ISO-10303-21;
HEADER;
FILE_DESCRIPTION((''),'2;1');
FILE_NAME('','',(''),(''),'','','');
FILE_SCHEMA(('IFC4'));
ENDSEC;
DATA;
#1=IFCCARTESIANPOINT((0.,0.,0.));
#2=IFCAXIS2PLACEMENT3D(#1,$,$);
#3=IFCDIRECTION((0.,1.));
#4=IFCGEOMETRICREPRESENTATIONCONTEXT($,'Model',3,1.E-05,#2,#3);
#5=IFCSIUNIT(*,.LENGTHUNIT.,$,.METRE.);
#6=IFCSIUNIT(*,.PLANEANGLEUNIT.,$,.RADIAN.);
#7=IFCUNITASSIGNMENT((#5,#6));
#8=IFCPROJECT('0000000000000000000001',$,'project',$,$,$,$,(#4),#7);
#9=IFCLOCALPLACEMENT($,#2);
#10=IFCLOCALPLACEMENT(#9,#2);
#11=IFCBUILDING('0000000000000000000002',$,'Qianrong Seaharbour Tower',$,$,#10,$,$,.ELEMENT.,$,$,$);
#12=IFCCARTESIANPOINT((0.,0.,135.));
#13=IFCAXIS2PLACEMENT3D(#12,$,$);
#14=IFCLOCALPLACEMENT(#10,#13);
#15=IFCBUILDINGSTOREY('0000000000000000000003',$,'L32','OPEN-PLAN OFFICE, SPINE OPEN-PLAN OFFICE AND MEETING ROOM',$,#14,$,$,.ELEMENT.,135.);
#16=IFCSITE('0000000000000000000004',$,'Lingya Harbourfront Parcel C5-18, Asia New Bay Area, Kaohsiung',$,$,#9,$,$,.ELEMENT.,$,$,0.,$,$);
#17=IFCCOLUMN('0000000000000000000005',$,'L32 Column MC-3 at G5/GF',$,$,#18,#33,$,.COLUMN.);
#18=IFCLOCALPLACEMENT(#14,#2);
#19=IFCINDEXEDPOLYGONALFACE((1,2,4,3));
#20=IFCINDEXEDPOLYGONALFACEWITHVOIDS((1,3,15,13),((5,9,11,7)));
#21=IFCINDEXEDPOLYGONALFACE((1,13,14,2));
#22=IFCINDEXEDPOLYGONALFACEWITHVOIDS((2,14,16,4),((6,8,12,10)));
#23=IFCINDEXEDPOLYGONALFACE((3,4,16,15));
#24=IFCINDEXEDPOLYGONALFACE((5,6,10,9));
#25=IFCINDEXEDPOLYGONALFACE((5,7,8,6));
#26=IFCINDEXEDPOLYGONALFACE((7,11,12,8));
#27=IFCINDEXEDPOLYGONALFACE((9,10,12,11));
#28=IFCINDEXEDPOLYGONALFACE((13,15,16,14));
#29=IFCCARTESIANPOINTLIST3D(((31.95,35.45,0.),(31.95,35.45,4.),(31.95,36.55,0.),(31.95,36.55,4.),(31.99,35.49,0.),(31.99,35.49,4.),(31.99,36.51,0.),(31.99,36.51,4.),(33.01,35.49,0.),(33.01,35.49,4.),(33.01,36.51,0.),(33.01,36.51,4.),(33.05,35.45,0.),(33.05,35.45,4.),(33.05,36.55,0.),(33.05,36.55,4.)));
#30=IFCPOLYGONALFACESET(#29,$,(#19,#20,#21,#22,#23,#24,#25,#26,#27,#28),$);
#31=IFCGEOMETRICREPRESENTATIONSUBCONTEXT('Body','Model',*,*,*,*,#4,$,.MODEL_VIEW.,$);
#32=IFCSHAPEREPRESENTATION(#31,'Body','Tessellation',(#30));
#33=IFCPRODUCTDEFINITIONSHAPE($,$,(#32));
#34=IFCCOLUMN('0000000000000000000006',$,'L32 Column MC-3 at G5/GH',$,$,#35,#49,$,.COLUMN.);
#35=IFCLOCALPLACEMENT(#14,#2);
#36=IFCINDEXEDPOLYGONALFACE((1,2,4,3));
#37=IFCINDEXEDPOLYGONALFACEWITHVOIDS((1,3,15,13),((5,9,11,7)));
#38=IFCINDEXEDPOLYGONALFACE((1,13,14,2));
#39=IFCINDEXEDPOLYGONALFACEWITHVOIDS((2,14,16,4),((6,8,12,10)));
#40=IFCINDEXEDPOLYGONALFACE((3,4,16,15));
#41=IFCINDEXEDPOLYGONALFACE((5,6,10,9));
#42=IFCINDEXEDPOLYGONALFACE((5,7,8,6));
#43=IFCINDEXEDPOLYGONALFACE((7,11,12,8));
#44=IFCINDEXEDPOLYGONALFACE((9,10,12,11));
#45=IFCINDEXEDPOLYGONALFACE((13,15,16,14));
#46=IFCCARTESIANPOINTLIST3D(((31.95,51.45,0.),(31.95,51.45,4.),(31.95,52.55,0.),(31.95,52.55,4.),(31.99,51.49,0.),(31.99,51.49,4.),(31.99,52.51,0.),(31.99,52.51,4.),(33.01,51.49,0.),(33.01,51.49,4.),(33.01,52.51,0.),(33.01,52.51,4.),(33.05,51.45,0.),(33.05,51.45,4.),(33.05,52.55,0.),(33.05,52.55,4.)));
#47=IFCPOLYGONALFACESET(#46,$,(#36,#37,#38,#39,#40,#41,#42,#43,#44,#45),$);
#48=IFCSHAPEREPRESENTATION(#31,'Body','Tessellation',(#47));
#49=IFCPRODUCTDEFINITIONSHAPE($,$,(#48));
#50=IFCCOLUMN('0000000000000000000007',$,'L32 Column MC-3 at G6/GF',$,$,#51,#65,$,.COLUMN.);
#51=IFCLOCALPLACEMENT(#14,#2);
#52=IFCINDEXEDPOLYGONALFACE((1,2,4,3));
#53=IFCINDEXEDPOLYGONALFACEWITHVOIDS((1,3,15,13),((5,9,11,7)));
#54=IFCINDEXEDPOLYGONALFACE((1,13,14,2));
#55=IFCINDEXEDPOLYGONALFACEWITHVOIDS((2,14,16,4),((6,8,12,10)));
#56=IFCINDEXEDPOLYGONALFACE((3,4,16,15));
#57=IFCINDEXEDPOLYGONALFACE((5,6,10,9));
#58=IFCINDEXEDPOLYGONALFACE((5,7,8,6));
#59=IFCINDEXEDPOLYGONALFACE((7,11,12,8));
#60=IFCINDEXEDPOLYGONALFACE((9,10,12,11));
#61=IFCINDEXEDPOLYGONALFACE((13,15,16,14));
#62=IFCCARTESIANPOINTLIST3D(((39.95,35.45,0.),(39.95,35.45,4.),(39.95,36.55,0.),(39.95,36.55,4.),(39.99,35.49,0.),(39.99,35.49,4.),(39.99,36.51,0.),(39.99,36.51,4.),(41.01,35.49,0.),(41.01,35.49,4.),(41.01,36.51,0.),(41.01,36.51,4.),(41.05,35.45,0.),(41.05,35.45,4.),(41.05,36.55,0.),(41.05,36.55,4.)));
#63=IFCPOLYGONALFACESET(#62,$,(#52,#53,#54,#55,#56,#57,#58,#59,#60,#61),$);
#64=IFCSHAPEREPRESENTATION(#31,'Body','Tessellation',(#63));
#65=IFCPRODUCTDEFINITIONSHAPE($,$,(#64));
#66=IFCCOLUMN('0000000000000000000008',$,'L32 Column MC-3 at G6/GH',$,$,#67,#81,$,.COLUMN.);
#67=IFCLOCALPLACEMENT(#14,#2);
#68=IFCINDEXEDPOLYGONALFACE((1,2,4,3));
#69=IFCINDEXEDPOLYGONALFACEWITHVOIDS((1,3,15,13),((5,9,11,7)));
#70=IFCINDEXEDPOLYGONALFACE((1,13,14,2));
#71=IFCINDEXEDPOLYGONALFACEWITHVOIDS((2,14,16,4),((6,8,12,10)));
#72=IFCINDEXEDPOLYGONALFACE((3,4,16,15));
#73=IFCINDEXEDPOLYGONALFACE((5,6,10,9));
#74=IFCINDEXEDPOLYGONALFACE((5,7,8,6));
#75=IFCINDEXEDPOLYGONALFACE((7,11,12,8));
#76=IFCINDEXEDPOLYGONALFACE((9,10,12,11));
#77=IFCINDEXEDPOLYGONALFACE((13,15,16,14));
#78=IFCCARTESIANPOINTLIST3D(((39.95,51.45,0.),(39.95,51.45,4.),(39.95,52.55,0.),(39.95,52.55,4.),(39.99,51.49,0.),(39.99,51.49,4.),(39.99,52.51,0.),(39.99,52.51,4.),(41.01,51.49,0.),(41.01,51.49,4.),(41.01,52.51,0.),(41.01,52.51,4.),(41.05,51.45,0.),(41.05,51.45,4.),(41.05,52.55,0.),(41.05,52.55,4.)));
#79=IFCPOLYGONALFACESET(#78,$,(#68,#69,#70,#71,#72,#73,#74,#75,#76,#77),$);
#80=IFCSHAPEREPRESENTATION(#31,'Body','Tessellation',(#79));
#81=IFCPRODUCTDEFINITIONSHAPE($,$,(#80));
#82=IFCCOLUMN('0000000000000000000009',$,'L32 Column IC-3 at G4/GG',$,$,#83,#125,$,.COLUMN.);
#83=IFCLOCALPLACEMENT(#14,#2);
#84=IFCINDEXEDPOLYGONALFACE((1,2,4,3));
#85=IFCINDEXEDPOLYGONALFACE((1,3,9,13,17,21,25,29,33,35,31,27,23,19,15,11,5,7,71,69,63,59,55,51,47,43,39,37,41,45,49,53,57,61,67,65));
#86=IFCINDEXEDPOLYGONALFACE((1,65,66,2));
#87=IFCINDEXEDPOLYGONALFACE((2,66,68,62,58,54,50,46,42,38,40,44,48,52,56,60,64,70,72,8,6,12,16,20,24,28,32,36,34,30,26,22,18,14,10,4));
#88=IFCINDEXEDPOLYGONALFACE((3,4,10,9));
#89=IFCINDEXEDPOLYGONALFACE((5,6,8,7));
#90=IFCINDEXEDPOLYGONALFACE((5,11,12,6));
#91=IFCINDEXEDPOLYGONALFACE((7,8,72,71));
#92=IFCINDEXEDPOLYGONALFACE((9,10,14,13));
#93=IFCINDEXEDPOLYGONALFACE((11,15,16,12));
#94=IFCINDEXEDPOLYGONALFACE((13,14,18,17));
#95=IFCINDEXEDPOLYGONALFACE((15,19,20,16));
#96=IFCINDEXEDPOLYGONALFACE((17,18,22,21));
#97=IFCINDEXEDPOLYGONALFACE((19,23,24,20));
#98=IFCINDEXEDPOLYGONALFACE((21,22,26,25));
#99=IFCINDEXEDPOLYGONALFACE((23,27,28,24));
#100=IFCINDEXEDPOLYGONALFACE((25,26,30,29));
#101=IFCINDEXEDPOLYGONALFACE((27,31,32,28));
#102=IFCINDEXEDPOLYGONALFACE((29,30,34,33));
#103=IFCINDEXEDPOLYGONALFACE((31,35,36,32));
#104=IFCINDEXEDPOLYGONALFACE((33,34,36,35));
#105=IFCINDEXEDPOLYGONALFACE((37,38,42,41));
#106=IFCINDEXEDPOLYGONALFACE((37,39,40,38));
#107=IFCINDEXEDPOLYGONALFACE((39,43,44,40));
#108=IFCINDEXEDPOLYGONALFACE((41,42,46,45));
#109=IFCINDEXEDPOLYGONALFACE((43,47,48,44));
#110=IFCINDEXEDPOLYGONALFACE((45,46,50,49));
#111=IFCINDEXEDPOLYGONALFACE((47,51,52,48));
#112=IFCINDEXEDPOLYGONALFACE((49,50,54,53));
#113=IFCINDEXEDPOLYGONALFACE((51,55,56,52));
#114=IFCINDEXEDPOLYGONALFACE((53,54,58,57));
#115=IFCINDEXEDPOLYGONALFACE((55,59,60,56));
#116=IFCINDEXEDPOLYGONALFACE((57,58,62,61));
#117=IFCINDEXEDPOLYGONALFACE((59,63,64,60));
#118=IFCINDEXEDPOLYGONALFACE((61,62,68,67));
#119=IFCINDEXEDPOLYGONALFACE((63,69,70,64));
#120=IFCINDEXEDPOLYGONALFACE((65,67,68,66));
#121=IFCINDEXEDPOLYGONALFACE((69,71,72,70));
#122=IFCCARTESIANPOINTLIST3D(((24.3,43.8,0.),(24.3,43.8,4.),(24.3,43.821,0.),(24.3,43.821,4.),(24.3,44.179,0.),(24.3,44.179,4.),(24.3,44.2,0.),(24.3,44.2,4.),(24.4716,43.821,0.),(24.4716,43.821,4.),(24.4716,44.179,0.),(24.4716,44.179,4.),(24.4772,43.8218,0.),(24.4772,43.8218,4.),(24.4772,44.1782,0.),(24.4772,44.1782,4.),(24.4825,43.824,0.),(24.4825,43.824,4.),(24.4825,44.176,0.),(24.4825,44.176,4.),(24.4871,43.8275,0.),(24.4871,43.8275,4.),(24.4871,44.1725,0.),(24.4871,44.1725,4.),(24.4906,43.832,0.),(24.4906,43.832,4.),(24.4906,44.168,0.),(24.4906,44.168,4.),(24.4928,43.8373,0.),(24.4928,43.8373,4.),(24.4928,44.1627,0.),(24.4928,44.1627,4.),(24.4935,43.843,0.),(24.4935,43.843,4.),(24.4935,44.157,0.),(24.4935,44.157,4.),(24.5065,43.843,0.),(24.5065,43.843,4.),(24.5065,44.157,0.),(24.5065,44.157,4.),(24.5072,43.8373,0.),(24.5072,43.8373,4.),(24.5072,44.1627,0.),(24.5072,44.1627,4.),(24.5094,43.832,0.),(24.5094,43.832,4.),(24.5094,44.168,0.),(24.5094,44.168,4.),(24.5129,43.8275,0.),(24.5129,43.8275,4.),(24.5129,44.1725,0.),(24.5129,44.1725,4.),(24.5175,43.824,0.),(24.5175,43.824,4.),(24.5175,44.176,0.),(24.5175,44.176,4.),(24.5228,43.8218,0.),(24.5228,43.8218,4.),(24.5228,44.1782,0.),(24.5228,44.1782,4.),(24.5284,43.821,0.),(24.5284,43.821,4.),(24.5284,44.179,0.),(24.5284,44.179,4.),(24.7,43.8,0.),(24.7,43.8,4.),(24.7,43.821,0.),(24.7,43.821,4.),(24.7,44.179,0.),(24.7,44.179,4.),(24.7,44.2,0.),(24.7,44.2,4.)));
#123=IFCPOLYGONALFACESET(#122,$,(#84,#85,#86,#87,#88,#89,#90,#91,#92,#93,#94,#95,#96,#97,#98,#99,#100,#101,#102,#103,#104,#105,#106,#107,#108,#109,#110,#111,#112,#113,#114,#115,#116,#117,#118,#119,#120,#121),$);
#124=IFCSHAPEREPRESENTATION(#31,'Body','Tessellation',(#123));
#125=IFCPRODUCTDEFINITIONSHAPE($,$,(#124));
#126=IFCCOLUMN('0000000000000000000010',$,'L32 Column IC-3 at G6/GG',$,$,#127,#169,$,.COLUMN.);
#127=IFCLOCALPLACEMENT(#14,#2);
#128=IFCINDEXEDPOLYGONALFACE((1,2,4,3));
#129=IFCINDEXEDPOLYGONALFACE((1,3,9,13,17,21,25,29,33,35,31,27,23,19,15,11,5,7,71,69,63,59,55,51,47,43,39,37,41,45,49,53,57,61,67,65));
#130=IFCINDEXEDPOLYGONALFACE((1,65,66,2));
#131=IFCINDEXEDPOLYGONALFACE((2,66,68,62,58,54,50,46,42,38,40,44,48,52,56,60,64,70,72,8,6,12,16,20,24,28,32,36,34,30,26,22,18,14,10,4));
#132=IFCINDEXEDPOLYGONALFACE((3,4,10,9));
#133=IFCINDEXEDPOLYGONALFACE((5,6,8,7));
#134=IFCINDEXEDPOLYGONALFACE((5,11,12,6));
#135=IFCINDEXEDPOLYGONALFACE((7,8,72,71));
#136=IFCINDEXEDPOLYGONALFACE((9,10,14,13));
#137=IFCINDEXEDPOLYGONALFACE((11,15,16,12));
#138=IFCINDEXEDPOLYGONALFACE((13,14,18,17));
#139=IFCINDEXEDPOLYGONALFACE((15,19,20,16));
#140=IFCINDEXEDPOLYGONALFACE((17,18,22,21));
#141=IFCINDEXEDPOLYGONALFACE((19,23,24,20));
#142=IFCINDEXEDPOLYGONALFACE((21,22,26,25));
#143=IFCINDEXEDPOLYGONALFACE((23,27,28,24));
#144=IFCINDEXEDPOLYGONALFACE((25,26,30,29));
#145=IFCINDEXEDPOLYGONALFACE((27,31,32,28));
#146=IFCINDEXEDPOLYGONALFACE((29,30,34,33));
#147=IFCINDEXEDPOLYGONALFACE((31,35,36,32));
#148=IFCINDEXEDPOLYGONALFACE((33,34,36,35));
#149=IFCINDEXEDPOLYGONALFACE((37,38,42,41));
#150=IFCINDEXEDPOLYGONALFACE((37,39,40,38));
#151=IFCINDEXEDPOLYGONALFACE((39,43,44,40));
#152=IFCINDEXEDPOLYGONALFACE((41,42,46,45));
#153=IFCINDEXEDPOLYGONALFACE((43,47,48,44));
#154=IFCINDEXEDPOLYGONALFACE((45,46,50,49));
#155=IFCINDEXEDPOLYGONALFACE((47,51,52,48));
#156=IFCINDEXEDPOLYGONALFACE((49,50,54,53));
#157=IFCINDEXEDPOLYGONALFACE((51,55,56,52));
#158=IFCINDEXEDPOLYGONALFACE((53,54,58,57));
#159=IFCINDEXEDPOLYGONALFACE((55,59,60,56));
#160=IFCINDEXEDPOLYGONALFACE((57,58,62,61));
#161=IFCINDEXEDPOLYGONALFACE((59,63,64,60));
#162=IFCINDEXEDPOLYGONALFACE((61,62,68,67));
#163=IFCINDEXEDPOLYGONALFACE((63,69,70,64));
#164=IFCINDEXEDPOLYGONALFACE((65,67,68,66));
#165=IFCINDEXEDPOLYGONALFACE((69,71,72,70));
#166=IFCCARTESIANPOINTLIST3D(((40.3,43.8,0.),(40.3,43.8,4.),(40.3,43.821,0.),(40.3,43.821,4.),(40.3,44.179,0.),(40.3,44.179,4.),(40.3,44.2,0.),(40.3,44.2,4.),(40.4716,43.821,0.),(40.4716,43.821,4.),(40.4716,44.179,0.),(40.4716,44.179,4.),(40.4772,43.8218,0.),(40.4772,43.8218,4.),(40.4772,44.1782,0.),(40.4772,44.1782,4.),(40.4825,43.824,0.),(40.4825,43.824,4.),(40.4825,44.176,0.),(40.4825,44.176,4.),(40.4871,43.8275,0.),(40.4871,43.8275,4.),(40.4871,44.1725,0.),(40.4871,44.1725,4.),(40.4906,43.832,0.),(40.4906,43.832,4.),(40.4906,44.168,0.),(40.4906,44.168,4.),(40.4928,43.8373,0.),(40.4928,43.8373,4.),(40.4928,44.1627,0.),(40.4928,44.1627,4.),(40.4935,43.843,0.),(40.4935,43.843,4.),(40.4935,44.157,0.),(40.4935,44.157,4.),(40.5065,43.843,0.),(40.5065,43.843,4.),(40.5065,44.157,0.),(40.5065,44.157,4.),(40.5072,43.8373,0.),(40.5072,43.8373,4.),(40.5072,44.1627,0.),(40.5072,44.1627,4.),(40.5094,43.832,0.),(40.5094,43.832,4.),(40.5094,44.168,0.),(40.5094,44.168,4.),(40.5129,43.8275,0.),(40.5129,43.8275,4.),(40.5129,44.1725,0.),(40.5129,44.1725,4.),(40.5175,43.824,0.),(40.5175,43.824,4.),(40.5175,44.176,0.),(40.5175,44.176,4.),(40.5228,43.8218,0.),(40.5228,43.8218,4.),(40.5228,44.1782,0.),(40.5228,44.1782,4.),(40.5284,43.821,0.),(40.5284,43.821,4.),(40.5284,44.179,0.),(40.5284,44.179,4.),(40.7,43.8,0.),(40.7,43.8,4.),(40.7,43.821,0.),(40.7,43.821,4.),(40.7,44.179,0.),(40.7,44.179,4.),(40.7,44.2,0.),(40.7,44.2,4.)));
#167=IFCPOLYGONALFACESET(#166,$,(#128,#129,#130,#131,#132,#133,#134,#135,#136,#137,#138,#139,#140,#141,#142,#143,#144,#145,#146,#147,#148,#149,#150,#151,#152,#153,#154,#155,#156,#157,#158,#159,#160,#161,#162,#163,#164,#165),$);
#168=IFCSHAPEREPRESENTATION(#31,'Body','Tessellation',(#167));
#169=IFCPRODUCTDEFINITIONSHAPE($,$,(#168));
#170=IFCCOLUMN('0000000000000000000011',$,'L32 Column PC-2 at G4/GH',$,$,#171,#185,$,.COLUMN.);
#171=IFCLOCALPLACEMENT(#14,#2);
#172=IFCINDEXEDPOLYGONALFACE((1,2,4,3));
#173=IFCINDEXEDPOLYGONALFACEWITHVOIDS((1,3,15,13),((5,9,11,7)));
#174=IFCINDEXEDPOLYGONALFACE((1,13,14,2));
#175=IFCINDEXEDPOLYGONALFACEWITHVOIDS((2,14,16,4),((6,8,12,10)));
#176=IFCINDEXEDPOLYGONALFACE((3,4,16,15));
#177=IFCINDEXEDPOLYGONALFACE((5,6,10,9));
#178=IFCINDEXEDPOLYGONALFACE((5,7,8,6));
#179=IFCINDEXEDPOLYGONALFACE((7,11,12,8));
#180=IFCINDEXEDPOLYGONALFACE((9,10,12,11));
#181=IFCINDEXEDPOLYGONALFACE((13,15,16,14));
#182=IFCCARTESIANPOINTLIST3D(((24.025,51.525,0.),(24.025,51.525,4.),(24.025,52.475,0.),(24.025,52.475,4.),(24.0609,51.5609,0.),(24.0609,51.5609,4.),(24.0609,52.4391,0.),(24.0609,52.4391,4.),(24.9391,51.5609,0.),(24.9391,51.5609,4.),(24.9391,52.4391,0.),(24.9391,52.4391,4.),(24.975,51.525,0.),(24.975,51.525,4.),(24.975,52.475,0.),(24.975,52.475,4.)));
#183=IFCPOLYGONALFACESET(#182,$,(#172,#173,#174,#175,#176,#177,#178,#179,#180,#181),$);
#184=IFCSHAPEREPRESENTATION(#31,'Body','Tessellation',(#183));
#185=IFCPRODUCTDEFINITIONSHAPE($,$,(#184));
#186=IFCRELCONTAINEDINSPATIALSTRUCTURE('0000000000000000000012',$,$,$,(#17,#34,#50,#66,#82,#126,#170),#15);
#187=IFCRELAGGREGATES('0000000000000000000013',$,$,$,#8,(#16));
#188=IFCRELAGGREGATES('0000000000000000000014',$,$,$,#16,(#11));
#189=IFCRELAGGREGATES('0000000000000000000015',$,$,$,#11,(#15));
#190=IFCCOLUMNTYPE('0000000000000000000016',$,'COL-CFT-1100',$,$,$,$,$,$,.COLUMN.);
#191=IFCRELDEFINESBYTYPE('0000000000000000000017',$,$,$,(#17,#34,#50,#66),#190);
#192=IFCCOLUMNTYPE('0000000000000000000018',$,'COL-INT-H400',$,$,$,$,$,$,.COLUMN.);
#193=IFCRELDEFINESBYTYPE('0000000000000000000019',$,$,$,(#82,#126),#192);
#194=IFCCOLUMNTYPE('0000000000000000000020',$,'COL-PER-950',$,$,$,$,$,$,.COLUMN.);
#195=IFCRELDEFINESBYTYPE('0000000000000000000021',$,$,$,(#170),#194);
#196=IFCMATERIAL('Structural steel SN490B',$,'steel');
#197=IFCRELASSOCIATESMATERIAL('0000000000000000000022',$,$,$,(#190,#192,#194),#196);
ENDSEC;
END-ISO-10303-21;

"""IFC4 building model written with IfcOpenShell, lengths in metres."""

from ifc_helpers import new_model, si_unit, direction, frame, origin, origin_2d, place, context, subcontext, project, spatial, hollow_rectangle, i_section, extrude, material, material_profile, profile_set, type_object, element, save


model = new_model("IFC4")

# Units and contexts
model_context = context("Model", 3, precision=1e-05, world=origin(), true_north=direction((0.0, 1.0)))
body_context = subcontext(model_context, "Body", "Model", "MODEL_VIEW")
ifc_project = project(units=[si_unit("LENGTHUNIT", "METRE"), si_unit("PLANEANGLEUNIT", "RADIAN")], contexts=[model_context])

# Site, building, storey
site_placement = place(None, origin())
site = spatial("IfcSite", under=ifc_project, at=site_placement, Name="Lingya Harbourfront Parcel C5-18, Asia New Bay Area, Kaohsiung", CompositionType="ELEMENT", RefElevation=0.0)
building_placement = place(site_placement, origin())
building = spatial("IfcBuilding", under=site, at=building_placement, Name="Qianrong Seaharbour Tower", CompositionType="ELEMENT")
storey_placement = place(building_placement, frame((0.0, 0.0, 135.0)))
storey = spatial("IfcBuildingStorey", under=building, at=storey_placement, Name="L32", Description="OPEN-PLAN OFFICE, SPINE OPEN-PLAN OFFICE AND MEETING ROOM", CompositionType="ELEMENT", Elevation=135.0)

# Columns
ifc_material_1 = material(Name="Structural steel SN490B", Category="steel")
ifc_material_profile_1 = material_profile(ifc_material_1, hollow_rectangle(XDim=1.1001, YDim=1.1001, WallThickness=0.04, at=origin_2d()), Name="BOX1100x1100x40")
ifc_profile_set_1 = profile_set([ifc_material_profile_1], Name="Structural steel SN490B")
column_type_1 = type_object("IfcColumnType", Name="COL-CFT-1100", PredefinedType="COLUMN", material=ifc_profile_set_1)
for number, where, z_axis, x_axis, name in (
    (1, (32.5, 36.0, 0.0), (0.0, 0.0, 1.0), (1.0, 0.0, 0.0), "L32 Column MC-3 at G5/GF"),
    (2, (32.5, 52.0, 0.0), (0.0, 0.0, 1.0), (1.0, 0.0, 0.0), "L32 Column MC-3 at G5/GH"),
    (3, (40.5, 36.0, 0.0), (0.0, 0.0, 1.0), (1.0, 0.0, 0.0), "L32 Column MC-3 at G6/GF"),
    (4, (40.5, 52.0, 0.0), (0.0, 0.0, 1.0), (1.0, 0.0, 0.0), "L32 Column MC-3 at G6/GH"),
):
    element("IfcColumn", number, at=place(storey_placement, frame(where, z_axis=z_axis, x_axis=x_axis)), inside=storey, type_object=column_type_1, Name=name, PredefinedType="COLUMN", context=body_context, shape_type="SweptSolid", body=[
        extrude(hollow_rectangle(XDim=1.1001, YDim=1.1001, WallThickness=0.04, at=origin_2d()), origin(), (0.0, 0.0, 1.0), 4.0),
    ])
ifc_material_profile_2 = material_profile(ifc_material_1, i_section(OverallWidth=0.3999, OverallDepth=0.3999, WebThickness=0.0129, FlangeThickness=0.021, FilletRadius=0.022, at=origin_2d()), Name="H400x400x13x21")
ifc_profile_set_2 = profile_set([ifc_material_profile_2], Name="Structural steel SN490B")
column_type_2 = type_object("IfcColumnType", Name="COL-INT-H400", PredefinedType="COLUMN", material=ifc_profile_set_2)
for number, where, z_axis, x_axis, name in (
    (5, (24.5, 44.0, 0.0), (0.0, 0.0, 1.0), (1.0, 0.0, 0.0), "L32 Column IC-3 at G4/GG"),
    (6, (40.5, 44.0, 0.0), (0.0, 0.0, 1.0), (1.0, 0.0, 0.0), "L32 Column IC-3 at G6/GG"),
):
    element("IfcColumn", number, at=place(storey_placement, frame(where, z_axis=z_axis, x_axis=x_axis)), inside=storey, type_object=column_type_2, Name=name, PredefinedType="COLUMN", context=body_context, shape_type="SweptSolid", body=[
        extrude(i_section(OverallWidth=0.3999, OverallDepth=0.3999, WebThickness=0.0129, FlangeThickness=0.021, FilletRadius=0.022, at=origin_2d()), origin(), (0.0, 0.0, 1.0), 4.0),
    ])
ifc_material_profile_3 = material_profile(ifc_material_1, hollow_rectangle(XDim=0.95, YDim=0.95, WallThickness=0.0359, at=origin_2d()), Name="BOX950x950x36")
ifc_profile_set_3 = profile_set([ifc_material_profile_3], Name="Structural steel SN490B")
column_type_3 = type_object("IfcColumnType", Name="COL-PER-950", PredefinedType="COLUMN", material=ifc_profile_set_3)
column_placement = place(storey_placement, frame((24.5, 52.0, 0.0), z_axis=(0.0, 0.0, 1.0), x_axis=(1.0, 0.0, 0.0)))
element("IfcColumn", 7, at=column_placement, inside=storey, type_object=column_type_3, Name="L32 Column PC-2 at G4/GH", PredefinedType="COLUMN", context=body_context, shape_type="SweptSolid", body=[
    extrude(hollow_rectangle(XDim=0.95, YDim=0.95, WallThickness=0.0359, at=origin_2d()), origin(), (0.0, 0.0, 1.0), 4.0),
])

save(model, "model.ifc")
